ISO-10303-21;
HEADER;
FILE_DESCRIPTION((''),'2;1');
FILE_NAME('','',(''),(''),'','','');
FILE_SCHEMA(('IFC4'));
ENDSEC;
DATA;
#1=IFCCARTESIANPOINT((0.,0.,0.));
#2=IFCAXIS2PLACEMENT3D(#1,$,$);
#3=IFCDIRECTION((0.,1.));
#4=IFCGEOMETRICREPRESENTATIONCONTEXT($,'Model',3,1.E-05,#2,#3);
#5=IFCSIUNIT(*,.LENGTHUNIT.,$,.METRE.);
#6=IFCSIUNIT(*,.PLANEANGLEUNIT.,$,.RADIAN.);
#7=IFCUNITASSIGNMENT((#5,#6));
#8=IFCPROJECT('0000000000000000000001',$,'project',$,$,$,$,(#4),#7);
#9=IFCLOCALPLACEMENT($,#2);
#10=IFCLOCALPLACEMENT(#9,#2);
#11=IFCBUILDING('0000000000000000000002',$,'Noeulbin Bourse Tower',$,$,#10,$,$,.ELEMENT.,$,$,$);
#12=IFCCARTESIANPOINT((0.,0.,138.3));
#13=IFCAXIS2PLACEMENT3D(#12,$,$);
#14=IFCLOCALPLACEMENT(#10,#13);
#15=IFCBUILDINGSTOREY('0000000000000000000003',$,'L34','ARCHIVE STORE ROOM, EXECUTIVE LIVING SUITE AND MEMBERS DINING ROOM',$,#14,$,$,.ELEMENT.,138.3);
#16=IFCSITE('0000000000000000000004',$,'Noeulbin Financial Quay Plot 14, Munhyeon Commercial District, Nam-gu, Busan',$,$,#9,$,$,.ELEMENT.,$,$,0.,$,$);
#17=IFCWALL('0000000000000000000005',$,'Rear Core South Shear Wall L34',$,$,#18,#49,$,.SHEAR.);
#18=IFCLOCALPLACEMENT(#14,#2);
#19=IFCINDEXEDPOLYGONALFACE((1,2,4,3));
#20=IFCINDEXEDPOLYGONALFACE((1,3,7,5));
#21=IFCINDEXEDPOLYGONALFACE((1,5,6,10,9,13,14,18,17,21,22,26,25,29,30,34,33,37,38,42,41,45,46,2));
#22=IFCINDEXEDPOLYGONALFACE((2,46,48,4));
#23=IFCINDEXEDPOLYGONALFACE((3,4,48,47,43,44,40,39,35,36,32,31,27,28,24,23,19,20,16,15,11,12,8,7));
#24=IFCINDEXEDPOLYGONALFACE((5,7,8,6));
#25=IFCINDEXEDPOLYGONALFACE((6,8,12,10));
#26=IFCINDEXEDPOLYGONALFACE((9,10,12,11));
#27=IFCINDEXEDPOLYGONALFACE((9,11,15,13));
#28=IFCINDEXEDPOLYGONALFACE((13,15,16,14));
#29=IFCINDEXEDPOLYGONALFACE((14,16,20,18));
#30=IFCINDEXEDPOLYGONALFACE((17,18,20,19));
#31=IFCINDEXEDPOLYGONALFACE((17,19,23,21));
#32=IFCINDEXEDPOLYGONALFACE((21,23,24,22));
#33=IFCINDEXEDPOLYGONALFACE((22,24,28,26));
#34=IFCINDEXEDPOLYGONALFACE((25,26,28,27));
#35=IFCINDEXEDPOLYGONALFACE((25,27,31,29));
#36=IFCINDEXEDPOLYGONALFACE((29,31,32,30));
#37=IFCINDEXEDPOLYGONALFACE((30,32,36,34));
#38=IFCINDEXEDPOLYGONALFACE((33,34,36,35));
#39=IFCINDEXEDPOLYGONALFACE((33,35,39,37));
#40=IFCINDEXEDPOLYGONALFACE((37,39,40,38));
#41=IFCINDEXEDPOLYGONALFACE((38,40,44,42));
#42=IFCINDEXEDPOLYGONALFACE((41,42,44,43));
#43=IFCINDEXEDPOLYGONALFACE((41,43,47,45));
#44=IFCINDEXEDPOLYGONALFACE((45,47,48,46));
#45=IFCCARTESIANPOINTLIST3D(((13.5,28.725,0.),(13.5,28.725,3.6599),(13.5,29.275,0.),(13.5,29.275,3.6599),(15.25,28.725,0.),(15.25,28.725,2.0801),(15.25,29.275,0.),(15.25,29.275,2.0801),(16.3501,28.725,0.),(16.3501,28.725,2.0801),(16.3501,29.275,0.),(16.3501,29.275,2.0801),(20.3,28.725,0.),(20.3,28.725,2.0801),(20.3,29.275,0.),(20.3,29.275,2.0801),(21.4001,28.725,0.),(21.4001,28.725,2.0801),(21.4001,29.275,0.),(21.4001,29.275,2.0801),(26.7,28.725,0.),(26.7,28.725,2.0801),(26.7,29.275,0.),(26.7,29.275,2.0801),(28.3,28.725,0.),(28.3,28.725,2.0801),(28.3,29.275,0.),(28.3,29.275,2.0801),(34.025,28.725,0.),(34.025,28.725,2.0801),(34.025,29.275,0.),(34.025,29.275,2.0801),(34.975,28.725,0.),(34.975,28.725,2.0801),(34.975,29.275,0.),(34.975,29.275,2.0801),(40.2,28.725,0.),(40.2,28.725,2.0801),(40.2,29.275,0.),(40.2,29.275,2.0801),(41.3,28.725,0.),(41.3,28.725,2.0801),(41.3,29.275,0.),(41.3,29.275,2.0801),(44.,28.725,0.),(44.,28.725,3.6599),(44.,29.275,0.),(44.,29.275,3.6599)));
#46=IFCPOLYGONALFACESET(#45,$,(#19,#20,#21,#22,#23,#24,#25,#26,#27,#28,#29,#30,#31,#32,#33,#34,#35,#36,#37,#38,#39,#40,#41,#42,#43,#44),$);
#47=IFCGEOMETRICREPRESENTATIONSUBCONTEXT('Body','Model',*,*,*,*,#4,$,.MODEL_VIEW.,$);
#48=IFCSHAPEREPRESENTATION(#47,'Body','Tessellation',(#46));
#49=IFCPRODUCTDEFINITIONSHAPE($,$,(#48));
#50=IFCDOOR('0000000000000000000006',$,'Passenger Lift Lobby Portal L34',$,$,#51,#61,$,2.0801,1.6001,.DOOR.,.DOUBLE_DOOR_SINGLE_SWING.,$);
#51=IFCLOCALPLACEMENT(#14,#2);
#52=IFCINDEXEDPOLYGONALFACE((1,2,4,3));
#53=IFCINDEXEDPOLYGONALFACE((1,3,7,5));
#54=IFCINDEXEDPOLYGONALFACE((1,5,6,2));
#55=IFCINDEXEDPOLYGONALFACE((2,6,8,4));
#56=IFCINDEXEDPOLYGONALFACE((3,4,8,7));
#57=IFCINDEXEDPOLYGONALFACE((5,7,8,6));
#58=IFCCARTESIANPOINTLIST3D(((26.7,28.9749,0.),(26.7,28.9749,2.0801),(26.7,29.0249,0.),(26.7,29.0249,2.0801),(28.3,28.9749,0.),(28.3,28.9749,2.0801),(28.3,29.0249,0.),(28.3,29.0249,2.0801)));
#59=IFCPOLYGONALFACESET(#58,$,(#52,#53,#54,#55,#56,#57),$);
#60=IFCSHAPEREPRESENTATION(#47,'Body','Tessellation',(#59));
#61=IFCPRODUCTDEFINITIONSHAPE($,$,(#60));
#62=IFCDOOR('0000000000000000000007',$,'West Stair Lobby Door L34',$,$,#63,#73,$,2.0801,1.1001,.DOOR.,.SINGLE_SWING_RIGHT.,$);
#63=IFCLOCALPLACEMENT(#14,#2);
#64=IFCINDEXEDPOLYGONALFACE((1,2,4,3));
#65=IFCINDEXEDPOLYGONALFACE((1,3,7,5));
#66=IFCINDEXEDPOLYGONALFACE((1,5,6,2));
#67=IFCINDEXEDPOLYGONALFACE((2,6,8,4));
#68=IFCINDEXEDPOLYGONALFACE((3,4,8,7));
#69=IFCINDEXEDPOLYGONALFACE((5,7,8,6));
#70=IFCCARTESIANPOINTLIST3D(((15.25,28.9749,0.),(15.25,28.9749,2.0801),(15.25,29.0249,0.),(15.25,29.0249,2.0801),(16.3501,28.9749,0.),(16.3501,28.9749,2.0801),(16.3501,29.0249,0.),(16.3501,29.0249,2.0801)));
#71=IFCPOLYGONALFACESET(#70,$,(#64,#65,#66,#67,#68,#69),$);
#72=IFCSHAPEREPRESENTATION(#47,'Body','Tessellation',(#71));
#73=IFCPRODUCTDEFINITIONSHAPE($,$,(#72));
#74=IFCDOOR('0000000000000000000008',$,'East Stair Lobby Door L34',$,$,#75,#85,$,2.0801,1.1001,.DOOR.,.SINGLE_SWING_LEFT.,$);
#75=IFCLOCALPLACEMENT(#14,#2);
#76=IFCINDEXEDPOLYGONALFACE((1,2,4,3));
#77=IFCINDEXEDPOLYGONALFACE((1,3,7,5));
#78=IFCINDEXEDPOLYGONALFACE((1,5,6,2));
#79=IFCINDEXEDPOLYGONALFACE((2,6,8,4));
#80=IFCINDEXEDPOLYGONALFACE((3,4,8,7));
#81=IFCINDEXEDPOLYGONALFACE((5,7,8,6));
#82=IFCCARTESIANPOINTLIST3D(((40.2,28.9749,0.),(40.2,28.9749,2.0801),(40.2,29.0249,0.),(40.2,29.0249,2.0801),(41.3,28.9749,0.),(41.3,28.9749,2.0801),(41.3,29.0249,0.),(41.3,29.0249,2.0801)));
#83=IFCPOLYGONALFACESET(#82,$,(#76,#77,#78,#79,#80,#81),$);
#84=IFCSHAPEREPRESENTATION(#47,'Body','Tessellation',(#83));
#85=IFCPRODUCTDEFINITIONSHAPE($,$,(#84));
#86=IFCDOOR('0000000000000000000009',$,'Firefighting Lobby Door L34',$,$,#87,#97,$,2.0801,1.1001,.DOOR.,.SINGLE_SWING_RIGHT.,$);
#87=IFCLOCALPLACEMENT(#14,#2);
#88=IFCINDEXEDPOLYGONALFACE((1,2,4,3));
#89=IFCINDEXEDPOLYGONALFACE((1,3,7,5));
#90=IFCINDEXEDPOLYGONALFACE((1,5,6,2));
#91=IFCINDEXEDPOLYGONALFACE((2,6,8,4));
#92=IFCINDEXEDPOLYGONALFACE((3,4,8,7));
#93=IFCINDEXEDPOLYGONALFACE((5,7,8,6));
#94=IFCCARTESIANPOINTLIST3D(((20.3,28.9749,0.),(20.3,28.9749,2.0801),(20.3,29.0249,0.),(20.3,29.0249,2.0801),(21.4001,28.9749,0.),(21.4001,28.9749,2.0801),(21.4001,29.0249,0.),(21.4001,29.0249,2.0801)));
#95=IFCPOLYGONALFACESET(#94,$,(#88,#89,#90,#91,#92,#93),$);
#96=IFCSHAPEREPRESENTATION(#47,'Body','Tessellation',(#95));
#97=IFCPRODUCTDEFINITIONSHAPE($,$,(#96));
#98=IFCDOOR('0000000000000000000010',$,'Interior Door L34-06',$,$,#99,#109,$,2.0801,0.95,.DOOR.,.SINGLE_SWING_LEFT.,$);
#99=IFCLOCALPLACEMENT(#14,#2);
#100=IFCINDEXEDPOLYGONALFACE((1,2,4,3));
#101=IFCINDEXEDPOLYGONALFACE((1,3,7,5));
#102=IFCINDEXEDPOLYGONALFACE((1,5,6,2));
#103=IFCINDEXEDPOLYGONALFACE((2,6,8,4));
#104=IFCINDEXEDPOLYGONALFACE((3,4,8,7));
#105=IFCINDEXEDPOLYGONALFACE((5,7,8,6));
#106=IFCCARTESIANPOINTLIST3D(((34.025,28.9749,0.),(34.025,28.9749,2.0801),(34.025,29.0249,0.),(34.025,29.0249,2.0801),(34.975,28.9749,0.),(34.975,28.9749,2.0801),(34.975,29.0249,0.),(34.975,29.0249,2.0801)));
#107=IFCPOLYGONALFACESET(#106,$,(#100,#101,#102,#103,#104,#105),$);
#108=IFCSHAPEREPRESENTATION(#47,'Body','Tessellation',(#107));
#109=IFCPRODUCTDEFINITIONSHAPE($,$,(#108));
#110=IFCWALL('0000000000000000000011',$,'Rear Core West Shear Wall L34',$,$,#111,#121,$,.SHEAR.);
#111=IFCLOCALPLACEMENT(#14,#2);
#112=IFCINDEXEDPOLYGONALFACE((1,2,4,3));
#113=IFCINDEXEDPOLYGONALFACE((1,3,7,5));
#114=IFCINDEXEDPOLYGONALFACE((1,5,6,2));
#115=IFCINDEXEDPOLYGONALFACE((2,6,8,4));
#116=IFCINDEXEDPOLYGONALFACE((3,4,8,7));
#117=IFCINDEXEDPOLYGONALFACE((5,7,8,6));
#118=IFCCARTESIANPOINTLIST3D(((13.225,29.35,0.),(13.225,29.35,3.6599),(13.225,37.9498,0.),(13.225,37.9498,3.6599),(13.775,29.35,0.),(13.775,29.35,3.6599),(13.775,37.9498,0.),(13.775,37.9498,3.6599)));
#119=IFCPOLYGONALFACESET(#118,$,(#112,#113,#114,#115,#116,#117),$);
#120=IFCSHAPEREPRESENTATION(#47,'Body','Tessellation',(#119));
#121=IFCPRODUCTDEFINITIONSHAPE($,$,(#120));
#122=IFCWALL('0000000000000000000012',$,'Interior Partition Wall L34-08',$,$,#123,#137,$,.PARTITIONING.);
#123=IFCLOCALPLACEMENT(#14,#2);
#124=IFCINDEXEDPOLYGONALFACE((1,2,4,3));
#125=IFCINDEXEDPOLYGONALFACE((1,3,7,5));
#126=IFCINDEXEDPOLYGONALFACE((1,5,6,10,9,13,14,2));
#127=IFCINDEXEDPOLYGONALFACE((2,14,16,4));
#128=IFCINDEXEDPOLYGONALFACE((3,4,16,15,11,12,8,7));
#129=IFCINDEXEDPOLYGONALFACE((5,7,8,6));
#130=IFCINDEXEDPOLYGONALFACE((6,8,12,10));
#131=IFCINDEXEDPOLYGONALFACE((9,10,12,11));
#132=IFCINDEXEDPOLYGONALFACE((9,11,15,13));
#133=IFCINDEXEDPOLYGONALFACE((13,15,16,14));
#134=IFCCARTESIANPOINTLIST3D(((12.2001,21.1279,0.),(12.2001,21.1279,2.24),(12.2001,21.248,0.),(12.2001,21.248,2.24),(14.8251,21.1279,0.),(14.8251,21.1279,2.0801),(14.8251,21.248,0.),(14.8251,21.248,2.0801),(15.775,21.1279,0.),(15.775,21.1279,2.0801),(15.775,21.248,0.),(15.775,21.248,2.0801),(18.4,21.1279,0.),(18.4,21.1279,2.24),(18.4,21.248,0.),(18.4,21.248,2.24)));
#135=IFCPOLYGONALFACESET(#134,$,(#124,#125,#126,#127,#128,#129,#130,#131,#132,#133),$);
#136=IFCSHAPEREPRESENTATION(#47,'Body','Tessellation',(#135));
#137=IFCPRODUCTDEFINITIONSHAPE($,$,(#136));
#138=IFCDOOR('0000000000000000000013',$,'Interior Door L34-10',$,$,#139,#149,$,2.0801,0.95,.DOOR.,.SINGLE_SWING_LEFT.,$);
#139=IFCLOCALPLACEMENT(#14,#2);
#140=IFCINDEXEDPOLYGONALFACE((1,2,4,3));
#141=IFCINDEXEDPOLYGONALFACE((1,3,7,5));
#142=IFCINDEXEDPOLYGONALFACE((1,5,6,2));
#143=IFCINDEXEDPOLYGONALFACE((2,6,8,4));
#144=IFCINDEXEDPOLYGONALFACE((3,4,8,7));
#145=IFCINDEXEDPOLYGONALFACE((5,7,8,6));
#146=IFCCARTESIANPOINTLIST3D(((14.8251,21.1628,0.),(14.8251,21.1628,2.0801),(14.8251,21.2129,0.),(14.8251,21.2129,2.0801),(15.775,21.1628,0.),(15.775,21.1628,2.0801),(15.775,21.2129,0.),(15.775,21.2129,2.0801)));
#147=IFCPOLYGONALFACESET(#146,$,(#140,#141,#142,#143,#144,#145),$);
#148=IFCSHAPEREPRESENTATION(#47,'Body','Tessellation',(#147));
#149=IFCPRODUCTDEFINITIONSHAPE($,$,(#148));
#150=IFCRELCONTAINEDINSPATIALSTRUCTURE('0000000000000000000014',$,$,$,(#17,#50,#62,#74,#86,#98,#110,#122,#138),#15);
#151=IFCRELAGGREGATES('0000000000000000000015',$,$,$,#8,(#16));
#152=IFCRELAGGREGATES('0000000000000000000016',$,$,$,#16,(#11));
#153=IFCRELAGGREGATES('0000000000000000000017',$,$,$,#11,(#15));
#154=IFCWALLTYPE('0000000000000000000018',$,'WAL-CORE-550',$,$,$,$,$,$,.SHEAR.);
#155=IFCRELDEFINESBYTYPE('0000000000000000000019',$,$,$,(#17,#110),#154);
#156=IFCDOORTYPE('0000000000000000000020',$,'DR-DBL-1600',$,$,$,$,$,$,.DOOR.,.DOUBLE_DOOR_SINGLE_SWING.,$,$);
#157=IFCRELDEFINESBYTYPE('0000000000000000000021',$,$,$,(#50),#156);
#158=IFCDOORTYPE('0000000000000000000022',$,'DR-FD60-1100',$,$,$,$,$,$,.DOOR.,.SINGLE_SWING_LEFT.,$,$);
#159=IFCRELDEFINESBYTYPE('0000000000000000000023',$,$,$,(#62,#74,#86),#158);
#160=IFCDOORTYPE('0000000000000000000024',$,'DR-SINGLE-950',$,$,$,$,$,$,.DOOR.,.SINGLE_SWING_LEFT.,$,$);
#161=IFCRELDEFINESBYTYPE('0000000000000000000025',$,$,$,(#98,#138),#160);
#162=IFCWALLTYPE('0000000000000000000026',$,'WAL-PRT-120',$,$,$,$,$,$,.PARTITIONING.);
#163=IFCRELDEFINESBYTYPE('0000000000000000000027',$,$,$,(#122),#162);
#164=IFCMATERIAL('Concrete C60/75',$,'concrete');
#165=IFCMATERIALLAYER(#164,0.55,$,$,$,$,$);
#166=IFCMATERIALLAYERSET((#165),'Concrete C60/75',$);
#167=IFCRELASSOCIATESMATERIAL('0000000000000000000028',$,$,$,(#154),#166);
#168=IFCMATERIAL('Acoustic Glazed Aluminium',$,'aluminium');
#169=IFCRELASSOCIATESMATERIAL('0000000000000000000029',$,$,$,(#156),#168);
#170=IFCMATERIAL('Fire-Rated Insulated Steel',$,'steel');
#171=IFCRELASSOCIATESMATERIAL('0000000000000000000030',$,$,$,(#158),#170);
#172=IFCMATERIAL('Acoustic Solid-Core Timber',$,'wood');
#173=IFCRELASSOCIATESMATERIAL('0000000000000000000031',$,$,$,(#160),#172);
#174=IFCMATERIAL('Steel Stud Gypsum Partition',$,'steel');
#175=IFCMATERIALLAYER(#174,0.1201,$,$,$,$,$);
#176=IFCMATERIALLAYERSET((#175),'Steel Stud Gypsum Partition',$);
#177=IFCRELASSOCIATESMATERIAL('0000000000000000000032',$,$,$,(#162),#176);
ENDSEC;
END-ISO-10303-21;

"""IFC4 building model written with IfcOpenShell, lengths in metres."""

from ifc_helpers import new_model, si_unit, direction, frame, frame_2d, origin, place, context, subcontext, project, spatial, rectangle, extrude, material, layer, layer_set, type_object, element, fill, save


model = new_model("IFC4")

# Units and contexts
model_context = context("Model", 3, precision=1e-05, world=origin(), true_north=direction((0.0, 1.0)))
body_context = subcontext(model_context, "Body", "Model", "MODEL_VIEW")
ifc_project = project(units=[si_unit("LENGTHUNIT", "METRE"), si_unit("PLANEANGLEUNIT", "RADIAN")], contexts=[model_context])

# Site, building, storey
site_placement = place(None, origin())
site = spatial("IfcSite", under=ifc_project, at=site_placement, Name="Noeulbin Financial Quay Plot 14, Munhyeon Commercial District, Nam-gu, Busan", CompositionType="ELEMENT", RefElevation=0.0)
building_placement = place(site_placement, origin())
building = spatial("IfcBuilding", under=site, at=building_placement, Name="Noeulbin Bourse Tower", CompositionType="ELEMENT")
storey_placement = place(building_placement, frame((0.0, 0.0, 138.3)))
storey = spatial("IfcBuildingStorey", under=building, at=storey_placement, Name="L34", Description="ARCHIVE STORE ROOM, EXECUTIVE LIVING SUITE AND MEMBERS DINING ROOM", CompositionType="ELEMENT", Elevation=138.3)

# Wall, openings, doors
ifc_material_1 = material(Name="Concrete C60/75", Category="concrete")
ifc_layer_1 = layer(ifc_material_1, 0.55)
ifc_layer_set_1 = layer_set([ifc_layer_1], Name="Concrete C60/75")
wall_type_1 = type_object("IfcWallType", Name="WAL-CORE-550", PredefinedType="SHEAR", material=ifc_layer_set_1)
wall_1_placement = place(storey_placement, frame((13.5, 29.0, 0.0), z_axis=(0.0, 0.0, 1.0), x_axis=(1.0, 0.0, 0.0)))
wall_1 = element("IfcWall", 1, at=wall_1_placement, inside=storey, type_object=wall_type_1, Name="Rear Core South Shear Wall L34", PredefinedType="SHEAR", context=body_context, shape_type="SweptSolid", body=[
    extrude(rectangle(XDim=30.5, YDim=0.55, at=frame_2d((15.25, 0.0))), origin(), (0.0, 0.0, 1.0), 3.6599),
])
opening_1_placement = place(wall_1_placement, frame((1.75, 0.0, 0.0)))
opening_1 = element("IfcOpeningElement", 2, at=opening_1_placement, cuts=wall_1, PredefinedType="OPENING", context=body_context, shape_type="SweptSolid", body=[
    extrude(rectangle(XDim=1.1001, YDim=2.0801, at=frame_2d((0.55, 1.04))), frame((0.0, 0.2849, 0.0), z_axis=(0.0, -1.0, 0.0), x_axis=(1.0, 0.0, 0.0)), (0.0, 0.0, 1.0), 0.5701),
])
opening_2_placement = place(wall_1_placement, frame((26.7, 0.0, 0.0)))
opening_2 = element("IfcOpeningElement", 3, at=opening_2_placement, cuts=wall_1, PredefinedType="OPENING", context=body_context, shape_type="SweptSolid", body=[
    extrude(rectangle(XDim=1.1001, YDim=2.0801, at=frame_2d((0.55, 1.04))), frame((0.0, 0.2849, 0.0), z_axis=(0.0, -1.0, 0.0), x_axis=(1.0, 0.0, 0.0)), (0.0, 0.0, 1.0), 0.5701),
])
opening_3_placement = place(wall_1_placement, frame((6.8, 0.0, 0.0)))
opening_3 = element("IfcOpeningElement", 4, at=opening_3_placement, cuts=wall_1, PredefinedType="OPENING", context=body_context, shape_type="SweptSolid", body=[
    extrude(rectangle(XDim=1.1001, YDim=2.0801, at=frame_2d((0.55, 1.04))), frame((0.0, 0.2849, 0.0), z_axis=(0.0, -1.0, 0.0), x_axis=(1.0, 0.0, 0.0)), (0.0, 0.0, 1.0), 0.5701),
])
opening_4_placement = place(wall_1_placement, frame((13.2, 0.0, 0.0)))
opening_4 = element("IfcOpeningElement", 5, at=opening_4_placement, cuts=wall_1, PredefinedType="OPENING", context=body_context, shape_type="SweptSolid", body=[
    extrude(rectangle(XDim=1.6001, YDim=2.0801, at=frame_2d((0.8, 1.04))), frame((0.0, 0.2849, 0.0), z_axis=(0.0, -1.0, 0.0), x_axis=(1.0, 0.0, 0.0)), (0.0, 0.0, 1.0), 0.5701),
])
opening_5_placement = place(wall_1_placement, frame((20.5249, 0.0, 0.0)))
opening_5 = element("IfcOpeningElement", 6, at=opening_5_placement, cuts=wall_1, PredefinedType="OPENING", context=body_context, shape_type="SweptSolid", body=[
    extrude(rectangle(XDim=0.95, YDim=2.0801, at=frame_2d((0.4751, 1.04))), frame((0.0, 0.2849, 0.0), z_axis=(0.0, -1.0, 0.0), x_axis=(1.0, 0.0, 0.0)), (0.0, 0.0, 1.0), 0.5701),
])
ifc_material_2 = material(Name="Acoustic Glazed Aluminium", Category="aluminium")
door_type_1 = type_object("IfcDoorType", Name="DR-DBL-1600", OperationType="DOUBLE_DOOR_SINGLE_SWING", PredefinedType="DOOR", material=ifc_material_2)
door_1_placement = place(opening_4_placement, origin())
door_1 = element("IfcDoor", 7, at=door_1_placement, inside=storey, type_object=door_type_1, Name="Passenger Lift Lobby Portal L34", OperationType="DOUBLE_DOOR_SINGLE_SWING", OverallHeight=2.0801, OverallWidth=1.6001, PredefinedType="DOOR", context=body_context, shape_type="SweptSolid", body=[
    extrude(rectangle(XDim=1.6001, YDim=2.0801, at=frame_2d((0.8, 1.04))), frame((0.0, 0.0249, 0.0), z_axis=(0.0, -1.0, 0.0), x_axis=(1.0, 0.0, 0.0)), (0.0, 0.0, 1.0), 0.05),
])
fill(opening_4, door_1)
ifc_material_3 = material(Name="Fire-Rated Insulated Steel", Category="steel")
door_type_2 = type_object("IfcDoorType", Name="DR-FD60-1100", OperationType="SINGLE_SWING_LEFT", PredefinedType="DOOR", material=ifc_material_3)
door_2_placement = place(opening_1_placement, origin())
door_2 = element("IfcDoor", 8, at=door_2_placement, inside=storey, type_object=door_type_2, Name="West Stair Lobby Door L34", OperationType="SINGLE_SWING_RIGHT", OverallHeight=2.0801, OverallWidth=1.1001, PredefinedType="DOOR", context=body_context, shape_type="SweptSolid", body=[
    extrude(rectangle(XDim=1.1001, YDim=2.0801, at=frame_2d((0.55, 1.04))), frame((0.0, 0.0249, 0.0), z_axis=(0.0, -1.0, 0.0), x_axis=(1.0, 0.0, 0.0)), (0.0, 0.0, 1.0), 0.05),
])
fill(opening_1, door_2)
door_3_placement = place(opening_2_placement, origin())
door_3 = element("IfcDoor", 9, at=door_3_placement, inside=storey, type_object=door_type_2, Name="East Stair Lobby Door L34", OperationType="SINGLE_SWING_LEFT", OverallHeight=2.0801, OverallWidth=1.1001, PredefinedType="DOOR", context=body_context, shape_type="SweptSolid", body=[
    extrude(rectangle(XDim=1.1001, YDim=2.0801, at=frame_2d((0.55, 1.04))), frame((0.0, 0.0249, 0.0), z_axis=(0.0, -1.0, 0.0), x_axis=(1.0, 0.0, 0.0)), (0.0, 0.0, 1.0), 0.05),
])
fill(opening_2, door_3)
door_4_placement = place(opening_3_placement, origin())
door_4 = element("IfcDoor", 10, at=door_4_placement, inside=storey, type_object=door_type_2, Name="Firefighting Lobby Door L34", OperationType="SINGLE_SWING_RIGHT", OverallHeight=2.0801, OverallWidth=1.1001, PredefinedType="DOOR", context=body_context, shape_type="SweptSolid", body=[
    extrude(rectangle(XDim=1.1001, YDim=2.0801, at=frame_2d((0.55, 1.04))), frame((0.0, 0.0249, 0.0), z_axis=(0.0, -1.0, 0.0), x_axis=(1.0, 0.0, 0.0)), (0.0, 0.0, 1.0), 0.05),
])
fill(opening_3, door_4)
ifc_material_4 = material(Name="Acoustic Solid-Core Timber", Category="wood")
door_type_3 = type_object("IfcDoorType", Name="DR-SINGLE-950", OperationType="SINGLE_SWING_LEFT", PredefinedType="DOOR", material=ifc_material_4)
door_5_placement = place(opening_5_placement, origin())
door_5 = element("IfcDoor", 11, at=door_5_placement, inside=storey, type_object=door_type_3, Name="Interior Door L34-06", OperationType="SINGLE_SWING_LEFT", OverallHeight=2.0801, OverallWidth=0.95, PredefinedType="DOOR", context=body_context, shape_type="SweptSolid", body=[
    extrude(rectangle(XDim=0.95, YDim=2.0801, at=frame_2d((0.4751, 1.04))), frame((0.0, 0.0249, 0.0), z_axis=(0.0, -1.0, 0.0), x_axis=(1.0, 0.0, 0.0)), (0.0, 0.0, 1.0), 0.05),
])
fill(opening_5, door_5)

# Wall
wall_2_placement = place(storey_placement, frame((13.5, 29.3501, 0.0), z_axis=(0.0, 0.0, 1.0), x_axis=(0.0, 1.0, 0.0)))
element("IfcWall", 12, at=wall_2_placement, inside=storey, type_object=wall_type_1, Name="Rear Core West Shear Wall L34", PredefinedType="SHEAR", context=body_context, shape_type="SweptSolid", body=[
    extrude(rectangle(XDim=8.5999, YDim=0.55, at=frame_2d((4.2998, 0.0))), origin(), (0.0, 0.0, 1.0), 3.6599),
])

# Wall, opening, door
ifc_material_5 = material(Name="Steel Stud Gypsum Partition", Category="steel")
ifc_layer_2 = layer(ifc_material_5, 0.1201)
ifc_layer_set_2 = layer_set([ifc_layer_2], Name="Steel Stud Gypsum Partition")
wall_type_2 = type_object("IfcWallType", Name="WAL-PRT-120", PredefinedType="PARTITIONING", material=ifc_layer_set_2)
wall_3_placement = place(storey_placement, frame((12.2, 21.188, 0.0), z_axis=(0.0, 0.0, 1.0), x_axis=(1.0, 0.0, 0.0)))
wall_3 = element("IfcWall", 13, at=wall_3_placement, inside=storey, type_object=wall_type_2, Name="Interior Partition Wall L34-08", PredefinedType="PARTITIONING", context=body_context, shape_type="SweptSolid", body=[
    extrude(rectangle(XDim=6.2, YDim=0.1201, at=frame_2d((3.1001, 0.0))), origin(), (0.0, 0.0, 1.0), 2.24),
])
opening_6_placement = place(wall_3_placement, frame((2.625, 0.0, 0.0)))
opening_6 = element("IfcOpeningElement", 14, at=opening_6_placement, cuts=wall_3, PredefinedType="OPENING", context=body_context, shape_type="SweptSolid", body=[
    extrude(rectangle(XDim=0.95, YDim=2.0801, at=frame_2d((0.4751, 1.04))), frame((0.0, 0.0701, 0.0), z_axis=(0.0, -1.0, 0.0), x_axis=(1.0, 0.0, 0.0)), (0.0, 0.0, 1.0), 0.1401),
])
door_6_placement = place(opening_6_placement, origin())
door_6 = element("IfcDoor", 15, at=door_6_placement, inside=storey, type_object=door_type_3, Name="Interior Door L34-10", OperationType="SINGLE_SWING_LEFT", OverallHeight=2.0801, OverallWidth=0.95, PredefinedType="DOOR", context=body_context, shape_type="SweptSolid", body=[
    extrude(rectangle(XDim=0.95, YDim=2.0801, at=frame_2d((0.4751, 1.04))), frame((0.0, 0.0249, 0.0), z_axis=(0.0, -1.0, 0.0), x_axis=(1.0, 0.0, 0.0)), (0.0, 0.0, 1.0), 0.05),
])
fill(opening_6, door_6)

save(model, "model.ifc")
